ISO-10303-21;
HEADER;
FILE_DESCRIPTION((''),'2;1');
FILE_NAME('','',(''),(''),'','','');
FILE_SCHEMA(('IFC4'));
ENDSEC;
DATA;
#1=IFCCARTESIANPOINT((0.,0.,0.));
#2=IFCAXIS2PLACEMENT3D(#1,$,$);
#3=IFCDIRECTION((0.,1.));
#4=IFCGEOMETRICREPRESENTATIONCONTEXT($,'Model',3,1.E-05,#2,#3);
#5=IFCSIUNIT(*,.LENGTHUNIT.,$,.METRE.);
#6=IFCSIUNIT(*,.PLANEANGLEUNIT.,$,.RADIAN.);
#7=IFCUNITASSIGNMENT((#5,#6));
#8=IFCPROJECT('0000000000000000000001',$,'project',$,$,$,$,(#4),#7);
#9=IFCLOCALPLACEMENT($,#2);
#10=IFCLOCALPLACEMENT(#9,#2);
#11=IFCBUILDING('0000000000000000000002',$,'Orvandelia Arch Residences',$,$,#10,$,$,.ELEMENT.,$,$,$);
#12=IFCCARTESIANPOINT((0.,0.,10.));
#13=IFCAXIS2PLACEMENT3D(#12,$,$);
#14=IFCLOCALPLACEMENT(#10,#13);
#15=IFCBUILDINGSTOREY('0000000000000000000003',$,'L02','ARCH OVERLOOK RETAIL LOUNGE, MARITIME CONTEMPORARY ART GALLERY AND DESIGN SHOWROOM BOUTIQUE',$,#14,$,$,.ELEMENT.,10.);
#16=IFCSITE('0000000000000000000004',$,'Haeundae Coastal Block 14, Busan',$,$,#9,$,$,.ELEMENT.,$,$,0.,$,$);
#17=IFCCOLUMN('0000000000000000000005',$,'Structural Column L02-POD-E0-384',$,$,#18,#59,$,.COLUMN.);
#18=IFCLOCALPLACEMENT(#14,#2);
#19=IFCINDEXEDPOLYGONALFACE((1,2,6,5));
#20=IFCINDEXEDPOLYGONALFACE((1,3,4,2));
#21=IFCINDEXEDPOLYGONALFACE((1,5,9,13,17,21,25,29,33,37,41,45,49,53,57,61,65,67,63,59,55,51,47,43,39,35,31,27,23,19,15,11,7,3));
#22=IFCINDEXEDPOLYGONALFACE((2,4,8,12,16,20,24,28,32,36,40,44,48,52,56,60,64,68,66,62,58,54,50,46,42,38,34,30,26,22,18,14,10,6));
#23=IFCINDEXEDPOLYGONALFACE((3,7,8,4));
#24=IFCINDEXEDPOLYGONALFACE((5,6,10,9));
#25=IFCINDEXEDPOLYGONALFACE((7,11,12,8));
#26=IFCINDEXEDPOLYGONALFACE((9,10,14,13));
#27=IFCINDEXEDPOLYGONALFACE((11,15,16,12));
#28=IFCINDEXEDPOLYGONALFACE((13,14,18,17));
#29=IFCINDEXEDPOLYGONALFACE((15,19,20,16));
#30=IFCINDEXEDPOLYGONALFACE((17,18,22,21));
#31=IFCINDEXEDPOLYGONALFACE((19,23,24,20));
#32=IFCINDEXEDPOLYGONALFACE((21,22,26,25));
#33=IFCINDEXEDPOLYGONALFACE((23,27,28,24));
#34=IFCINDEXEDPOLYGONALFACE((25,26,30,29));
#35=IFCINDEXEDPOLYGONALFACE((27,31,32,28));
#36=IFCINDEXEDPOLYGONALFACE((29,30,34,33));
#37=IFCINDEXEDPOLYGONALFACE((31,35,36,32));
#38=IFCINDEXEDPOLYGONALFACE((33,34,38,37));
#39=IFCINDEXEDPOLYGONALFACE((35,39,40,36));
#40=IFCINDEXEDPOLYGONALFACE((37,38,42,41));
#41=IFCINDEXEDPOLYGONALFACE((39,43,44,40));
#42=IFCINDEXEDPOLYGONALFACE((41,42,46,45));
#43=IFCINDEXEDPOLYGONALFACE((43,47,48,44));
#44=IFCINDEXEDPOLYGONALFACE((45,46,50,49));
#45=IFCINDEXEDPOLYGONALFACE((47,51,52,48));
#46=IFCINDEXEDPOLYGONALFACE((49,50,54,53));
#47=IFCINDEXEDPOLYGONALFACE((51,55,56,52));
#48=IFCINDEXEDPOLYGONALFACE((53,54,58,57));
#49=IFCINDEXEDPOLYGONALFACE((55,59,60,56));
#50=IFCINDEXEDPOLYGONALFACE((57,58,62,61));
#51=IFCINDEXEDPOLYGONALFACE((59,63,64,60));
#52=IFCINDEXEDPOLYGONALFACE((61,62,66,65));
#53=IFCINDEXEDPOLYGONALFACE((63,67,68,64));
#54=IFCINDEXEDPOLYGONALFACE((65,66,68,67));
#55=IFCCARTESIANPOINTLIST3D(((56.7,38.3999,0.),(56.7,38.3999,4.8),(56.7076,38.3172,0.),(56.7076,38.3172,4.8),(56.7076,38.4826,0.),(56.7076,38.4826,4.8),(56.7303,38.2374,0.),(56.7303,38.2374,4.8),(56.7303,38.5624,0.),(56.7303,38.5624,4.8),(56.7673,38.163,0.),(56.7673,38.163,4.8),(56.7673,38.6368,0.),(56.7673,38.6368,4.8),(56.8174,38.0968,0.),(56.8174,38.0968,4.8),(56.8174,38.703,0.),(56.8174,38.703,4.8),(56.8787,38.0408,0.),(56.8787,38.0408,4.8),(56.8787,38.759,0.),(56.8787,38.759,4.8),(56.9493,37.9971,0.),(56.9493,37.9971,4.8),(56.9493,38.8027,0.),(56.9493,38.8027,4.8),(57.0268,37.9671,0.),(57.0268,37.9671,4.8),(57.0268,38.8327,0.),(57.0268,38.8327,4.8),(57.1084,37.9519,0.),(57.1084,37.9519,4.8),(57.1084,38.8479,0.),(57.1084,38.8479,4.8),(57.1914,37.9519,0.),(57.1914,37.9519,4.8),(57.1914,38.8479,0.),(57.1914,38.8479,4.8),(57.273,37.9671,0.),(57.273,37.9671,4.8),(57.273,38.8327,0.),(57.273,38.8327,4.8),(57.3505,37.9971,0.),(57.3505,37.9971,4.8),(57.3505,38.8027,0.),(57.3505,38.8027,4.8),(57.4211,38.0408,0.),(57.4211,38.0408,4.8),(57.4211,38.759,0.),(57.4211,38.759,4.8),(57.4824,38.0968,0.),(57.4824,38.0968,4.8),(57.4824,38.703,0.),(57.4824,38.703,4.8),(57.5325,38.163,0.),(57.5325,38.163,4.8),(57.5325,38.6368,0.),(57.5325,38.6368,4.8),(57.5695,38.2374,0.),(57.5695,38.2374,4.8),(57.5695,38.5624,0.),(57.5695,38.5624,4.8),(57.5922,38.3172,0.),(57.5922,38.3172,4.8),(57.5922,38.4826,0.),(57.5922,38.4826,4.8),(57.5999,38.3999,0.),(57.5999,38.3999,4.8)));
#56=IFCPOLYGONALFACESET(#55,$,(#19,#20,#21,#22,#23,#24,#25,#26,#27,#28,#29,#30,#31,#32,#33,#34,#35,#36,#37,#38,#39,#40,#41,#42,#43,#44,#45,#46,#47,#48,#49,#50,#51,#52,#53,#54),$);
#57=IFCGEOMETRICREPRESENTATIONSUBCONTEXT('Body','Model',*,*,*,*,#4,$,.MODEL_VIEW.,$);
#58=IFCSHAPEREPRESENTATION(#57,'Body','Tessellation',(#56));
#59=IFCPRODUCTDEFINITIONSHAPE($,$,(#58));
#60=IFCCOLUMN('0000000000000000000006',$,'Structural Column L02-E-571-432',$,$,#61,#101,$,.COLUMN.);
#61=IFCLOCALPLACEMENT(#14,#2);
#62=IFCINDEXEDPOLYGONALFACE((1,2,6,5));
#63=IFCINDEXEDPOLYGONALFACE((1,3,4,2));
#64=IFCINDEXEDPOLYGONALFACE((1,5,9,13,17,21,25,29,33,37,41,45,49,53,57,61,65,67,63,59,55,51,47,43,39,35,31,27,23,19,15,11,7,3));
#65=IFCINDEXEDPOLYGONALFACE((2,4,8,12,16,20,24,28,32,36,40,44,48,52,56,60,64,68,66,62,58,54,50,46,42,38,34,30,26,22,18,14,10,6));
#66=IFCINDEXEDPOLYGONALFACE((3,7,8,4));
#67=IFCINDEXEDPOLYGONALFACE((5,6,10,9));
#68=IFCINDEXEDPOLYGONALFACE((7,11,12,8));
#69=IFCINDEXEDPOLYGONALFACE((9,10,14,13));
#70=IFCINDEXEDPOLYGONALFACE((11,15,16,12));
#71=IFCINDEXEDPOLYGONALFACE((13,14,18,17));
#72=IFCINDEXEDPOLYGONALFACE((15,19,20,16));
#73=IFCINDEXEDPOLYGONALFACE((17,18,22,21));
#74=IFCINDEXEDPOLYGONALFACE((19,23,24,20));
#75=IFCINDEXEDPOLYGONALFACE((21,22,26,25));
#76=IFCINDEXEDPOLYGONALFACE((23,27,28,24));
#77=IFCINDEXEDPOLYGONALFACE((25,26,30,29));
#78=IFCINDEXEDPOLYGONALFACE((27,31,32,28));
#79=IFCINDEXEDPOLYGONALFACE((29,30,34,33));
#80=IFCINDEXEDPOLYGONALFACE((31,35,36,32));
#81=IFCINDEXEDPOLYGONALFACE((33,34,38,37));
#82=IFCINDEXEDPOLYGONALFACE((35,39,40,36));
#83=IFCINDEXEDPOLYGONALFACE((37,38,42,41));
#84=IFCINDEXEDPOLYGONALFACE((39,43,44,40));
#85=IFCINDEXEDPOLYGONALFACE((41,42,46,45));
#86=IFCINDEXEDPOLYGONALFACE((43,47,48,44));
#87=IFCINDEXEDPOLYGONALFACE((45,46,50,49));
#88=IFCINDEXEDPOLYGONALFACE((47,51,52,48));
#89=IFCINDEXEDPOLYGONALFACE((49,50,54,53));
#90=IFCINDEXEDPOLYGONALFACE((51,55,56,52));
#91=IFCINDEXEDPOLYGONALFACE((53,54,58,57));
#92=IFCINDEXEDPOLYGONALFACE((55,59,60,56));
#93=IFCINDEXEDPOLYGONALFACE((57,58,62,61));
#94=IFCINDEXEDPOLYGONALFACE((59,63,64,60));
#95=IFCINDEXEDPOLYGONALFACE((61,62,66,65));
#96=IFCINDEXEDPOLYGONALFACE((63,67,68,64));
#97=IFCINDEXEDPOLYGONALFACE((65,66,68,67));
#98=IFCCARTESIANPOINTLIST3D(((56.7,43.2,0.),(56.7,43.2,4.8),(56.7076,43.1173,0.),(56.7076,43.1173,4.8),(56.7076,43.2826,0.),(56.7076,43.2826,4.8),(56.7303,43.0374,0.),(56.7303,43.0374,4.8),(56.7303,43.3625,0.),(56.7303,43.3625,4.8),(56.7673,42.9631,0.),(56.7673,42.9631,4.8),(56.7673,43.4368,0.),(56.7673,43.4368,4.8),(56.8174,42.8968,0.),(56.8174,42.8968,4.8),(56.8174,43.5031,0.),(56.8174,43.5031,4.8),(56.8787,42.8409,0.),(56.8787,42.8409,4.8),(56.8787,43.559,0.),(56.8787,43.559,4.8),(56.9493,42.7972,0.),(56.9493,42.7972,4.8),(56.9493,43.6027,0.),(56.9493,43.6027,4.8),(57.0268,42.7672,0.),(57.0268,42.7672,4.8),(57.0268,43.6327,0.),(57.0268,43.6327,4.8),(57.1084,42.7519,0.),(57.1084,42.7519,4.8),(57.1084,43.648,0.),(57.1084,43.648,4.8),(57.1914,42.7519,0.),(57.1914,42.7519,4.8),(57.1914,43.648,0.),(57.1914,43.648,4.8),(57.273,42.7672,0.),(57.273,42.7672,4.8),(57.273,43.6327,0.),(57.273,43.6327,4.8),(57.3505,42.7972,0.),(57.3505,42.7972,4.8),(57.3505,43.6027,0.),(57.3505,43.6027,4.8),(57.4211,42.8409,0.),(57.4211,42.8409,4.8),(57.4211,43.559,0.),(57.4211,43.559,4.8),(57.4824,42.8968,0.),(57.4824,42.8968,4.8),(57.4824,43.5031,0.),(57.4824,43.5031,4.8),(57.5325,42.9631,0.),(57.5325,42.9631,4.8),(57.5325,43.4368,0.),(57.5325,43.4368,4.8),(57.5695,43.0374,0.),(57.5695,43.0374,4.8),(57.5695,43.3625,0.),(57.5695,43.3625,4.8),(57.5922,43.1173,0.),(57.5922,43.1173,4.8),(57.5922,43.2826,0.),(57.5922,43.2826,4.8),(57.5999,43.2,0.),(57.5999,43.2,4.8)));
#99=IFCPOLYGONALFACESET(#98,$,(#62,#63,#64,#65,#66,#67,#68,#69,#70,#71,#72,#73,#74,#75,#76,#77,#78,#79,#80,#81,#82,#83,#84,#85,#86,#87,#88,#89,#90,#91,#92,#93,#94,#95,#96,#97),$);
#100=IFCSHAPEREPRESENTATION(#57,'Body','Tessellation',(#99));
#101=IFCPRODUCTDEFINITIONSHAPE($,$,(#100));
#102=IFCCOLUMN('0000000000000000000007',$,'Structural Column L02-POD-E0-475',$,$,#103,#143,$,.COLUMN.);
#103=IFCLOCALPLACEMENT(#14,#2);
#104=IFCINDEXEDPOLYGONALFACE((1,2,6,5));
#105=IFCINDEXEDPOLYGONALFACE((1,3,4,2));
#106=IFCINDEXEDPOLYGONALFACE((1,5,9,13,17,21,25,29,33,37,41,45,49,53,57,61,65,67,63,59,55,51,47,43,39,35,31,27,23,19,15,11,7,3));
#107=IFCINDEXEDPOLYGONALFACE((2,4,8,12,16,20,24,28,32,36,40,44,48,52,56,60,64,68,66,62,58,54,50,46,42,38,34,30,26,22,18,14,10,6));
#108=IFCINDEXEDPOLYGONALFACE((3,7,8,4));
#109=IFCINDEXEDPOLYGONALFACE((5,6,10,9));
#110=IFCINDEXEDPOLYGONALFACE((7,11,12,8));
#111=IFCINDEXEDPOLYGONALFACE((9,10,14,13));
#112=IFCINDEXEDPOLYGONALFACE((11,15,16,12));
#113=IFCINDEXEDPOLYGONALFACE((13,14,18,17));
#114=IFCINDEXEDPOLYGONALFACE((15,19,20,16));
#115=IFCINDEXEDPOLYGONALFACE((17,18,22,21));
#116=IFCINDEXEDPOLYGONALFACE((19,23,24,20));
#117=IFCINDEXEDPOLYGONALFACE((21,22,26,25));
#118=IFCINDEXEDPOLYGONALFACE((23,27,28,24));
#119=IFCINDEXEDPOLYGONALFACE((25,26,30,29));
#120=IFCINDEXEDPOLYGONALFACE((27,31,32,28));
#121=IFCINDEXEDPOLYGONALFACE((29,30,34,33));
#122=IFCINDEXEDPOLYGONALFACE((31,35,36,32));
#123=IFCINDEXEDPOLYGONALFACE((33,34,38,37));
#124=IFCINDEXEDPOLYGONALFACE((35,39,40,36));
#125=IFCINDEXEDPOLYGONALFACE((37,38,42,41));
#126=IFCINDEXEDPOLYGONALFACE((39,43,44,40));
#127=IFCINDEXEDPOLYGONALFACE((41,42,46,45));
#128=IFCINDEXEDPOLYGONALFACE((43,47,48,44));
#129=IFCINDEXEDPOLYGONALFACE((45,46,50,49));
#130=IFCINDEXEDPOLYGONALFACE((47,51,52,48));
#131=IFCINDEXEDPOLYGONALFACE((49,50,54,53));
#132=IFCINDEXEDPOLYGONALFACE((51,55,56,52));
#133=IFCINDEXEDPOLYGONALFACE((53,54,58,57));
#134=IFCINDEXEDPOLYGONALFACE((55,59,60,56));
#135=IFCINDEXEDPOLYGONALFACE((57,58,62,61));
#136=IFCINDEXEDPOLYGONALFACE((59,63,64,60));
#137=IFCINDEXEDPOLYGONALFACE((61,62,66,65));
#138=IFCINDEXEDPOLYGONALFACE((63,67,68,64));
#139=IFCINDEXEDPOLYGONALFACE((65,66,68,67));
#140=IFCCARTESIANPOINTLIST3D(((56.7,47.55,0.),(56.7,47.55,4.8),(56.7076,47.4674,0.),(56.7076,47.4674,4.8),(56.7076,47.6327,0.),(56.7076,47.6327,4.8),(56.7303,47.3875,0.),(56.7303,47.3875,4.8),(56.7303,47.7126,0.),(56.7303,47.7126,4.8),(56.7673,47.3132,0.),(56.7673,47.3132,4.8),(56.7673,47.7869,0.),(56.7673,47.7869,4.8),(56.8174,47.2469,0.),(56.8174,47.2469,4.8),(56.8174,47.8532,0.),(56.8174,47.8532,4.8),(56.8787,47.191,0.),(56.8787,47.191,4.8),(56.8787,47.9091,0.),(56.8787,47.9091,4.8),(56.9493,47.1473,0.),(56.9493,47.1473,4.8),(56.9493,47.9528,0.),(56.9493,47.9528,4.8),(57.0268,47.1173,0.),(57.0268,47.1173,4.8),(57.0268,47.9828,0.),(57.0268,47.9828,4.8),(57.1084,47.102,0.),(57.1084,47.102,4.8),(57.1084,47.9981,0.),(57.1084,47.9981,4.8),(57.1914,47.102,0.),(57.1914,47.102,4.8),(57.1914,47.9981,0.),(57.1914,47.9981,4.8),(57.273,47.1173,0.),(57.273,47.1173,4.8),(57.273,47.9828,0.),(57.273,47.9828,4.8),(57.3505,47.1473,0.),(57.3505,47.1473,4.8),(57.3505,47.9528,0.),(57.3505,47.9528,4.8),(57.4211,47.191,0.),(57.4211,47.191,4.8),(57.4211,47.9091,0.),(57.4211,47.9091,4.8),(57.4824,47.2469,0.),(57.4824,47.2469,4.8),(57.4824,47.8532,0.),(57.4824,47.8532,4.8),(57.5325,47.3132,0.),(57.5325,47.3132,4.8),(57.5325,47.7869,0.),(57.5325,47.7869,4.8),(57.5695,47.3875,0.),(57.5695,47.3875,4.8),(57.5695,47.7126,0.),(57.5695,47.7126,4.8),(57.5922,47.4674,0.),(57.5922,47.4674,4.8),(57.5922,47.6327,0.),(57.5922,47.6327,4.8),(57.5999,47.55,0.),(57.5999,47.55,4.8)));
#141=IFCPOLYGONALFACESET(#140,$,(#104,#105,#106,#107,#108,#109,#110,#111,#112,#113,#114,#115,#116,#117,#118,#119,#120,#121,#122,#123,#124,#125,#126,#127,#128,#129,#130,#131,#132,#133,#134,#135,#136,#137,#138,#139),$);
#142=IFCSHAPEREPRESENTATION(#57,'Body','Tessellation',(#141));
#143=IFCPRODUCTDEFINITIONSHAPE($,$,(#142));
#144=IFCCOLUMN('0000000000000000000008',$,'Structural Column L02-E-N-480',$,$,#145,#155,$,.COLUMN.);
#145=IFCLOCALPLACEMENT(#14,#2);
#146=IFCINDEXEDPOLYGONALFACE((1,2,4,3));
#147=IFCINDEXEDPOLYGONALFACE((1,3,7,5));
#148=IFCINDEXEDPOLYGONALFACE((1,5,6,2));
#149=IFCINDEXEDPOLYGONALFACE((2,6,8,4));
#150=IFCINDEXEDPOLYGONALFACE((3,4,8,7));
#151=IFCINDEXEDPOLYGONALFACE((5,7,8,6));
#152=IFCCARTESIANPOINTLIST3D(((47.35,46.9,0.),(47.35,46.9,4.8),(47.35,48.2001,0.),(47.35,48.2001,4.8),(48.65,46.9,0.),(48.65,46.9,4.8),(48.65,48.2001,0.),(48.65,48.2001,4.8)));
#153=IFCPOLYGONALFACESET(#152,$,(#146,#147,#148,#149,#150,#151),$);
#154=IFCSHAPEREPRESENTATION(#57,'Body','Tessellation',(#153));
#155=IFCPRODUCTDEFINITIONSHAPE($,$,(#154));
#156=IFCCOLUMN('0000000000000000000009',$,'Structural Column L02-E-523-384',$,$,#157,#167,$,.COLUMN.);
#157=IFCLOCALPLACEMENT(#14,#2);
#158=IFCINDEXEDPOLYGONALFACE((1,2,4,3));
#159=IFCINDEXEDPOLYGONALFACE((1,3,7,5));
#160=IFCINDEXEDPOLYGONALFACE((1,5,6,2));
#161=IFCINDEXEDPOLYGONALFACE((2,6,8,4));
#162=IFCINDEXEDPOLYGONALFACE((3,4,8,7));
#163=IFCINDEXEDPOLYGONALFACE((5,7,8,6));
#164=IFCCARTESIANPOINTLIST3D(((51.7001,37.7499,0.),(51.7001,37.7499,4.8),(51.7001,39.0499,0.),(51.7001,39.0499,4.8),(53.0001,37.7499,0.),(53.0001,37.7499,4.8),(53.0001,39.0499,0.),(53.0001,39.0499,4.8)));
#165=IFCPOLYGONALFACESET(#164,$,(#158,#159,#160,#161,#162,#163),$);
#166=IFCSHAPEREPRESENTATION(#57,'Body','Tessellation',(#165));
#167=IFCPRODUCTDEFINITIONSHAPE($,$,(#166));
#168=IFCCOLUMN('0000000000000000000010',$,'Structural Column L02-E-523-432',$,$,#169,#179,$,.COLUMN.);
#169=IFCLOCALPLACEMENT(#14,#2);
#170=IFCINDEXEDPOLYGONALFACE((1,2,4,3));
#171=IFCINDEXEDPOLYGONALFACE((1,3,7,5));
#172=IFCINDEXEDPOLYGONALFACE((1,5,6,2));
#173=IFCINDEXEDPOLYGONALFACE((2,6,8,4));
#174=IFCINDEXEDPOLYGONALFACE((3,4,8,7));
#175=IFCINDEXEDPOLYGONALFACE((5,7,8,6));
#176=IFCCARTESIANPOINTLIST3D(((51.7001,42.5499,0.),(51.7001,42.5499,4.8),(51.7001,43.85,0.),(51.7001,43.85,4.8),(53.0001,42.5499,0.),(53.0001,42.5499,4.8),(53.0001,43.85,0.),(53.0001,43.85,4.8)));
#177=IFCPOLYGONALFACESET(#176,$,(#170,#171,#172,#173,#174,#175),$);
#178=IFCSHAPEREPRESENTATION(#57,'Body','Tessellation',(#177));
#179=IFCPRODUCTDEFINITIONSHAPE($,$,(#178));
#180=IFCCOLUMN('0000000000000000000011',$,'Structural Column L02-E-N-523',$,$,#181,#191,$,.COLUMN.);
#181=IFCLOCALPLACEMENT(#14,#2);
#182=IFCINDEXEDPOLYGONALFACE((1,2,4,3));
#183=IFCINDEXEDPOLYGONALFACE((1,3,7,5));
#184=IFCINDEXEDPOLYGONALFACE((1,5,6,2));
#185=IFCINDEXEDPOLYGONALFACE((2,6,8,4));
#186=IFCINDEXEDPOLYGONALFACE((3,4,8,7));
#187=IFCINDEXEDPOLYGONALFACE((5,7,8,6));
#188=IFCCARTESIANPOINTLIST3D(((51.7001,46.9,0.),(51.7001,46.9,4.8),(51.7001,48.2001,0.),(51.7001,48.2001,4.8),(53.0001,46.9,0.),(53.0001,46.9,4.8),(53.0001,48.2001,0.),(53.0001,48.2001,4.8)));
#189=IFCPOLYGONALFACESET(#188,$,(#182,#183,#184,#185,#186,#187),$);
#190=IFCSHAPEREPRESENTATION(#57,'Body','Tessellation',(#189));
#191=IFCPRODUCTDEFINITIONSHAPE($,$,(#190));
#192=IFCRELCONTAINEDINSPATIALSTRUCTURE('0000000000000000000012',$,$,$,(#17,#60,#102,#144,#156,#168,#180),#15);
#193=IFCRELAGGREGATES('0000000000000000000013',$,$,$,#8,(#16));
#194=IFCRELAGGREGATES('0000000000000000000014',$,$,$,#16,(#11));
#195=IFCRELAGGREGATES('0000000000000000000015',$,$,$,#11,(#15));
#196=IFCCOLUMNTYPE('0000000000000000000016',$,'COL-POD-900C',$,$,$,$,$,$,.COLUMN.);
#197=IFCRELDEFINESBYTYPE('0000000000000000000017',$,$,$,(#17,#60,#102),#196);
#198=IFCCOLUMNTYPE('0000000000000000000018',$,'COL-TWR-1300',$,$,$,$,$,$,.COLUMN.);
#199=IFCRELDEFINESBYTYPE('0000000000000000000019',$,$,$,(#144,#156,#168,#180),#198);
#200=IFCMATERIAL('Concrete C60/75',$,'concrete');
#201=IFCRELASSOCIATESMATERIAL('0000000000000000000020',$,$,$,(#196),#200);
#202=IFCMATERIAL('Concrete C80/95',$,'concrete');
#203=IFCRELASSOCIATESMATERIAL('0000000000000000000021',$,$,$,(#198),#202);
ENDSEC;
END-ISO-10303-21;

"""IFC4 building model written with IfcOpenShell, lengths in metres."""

from ifc_helpers import new_model, si_unit, direction, frame, origin, origin_2d, place, context, subcontext, project, spatial, rectangle, circle, extrude, material, material_profile, profile_set, type_object, element, save


model = new_model("IFC4")

# Units and contexts
model_context = context("Model", 3, precision=1e-05, world=origin(), true_north=direction((0.0, 1.0)))
body_context = subcontext(model_context, "Body", "Model", "MODEL_VIEW")
ifc_project = project(units=[si_unit("LENGTHUNIT", "METRE"), si_unit("PLANEANGLEUNIT", "RADIAN")], contexts=[model_context])

# Site, building, storey
site_placement = place(None, origin())
site = spatial("IfcSite", under=ifc_project, at=site_placement, Name="Haeundae Coastal Block 14, Busan", CompositionType="ELEMENT", RefElevation=0.0)
building_placement = place(site_placement, origin())
building = spatial("IfcBuilding", under=site, at=building_placement, Name="Orvandelia Arch Residences", CompositionType="ELEMENT")
storey_placement = place(building_placement, frame((0.0, 0.0, 10.0)))
storey = spatial("IfcBuildingStorey", under=building, at=storey_placement, Name="L02", Description="ARCH OVERLOOK RETAIL LOUNGE, MARITIME CONTEMPORARY ART GALLERY AND DESIGN SHOWROOM BOUTIQUE", CompositionType="ELEMENT", Elevation=10.0)

# Columns
ifc_material_1 = material(Name="Concrete C60/75", Category="concrete")
ifc_material_profile_1 = material_profile(ifc_material_1, circle(Radius=0.45, at=origin_2d()), Name="Concrete C60/75", Category="concrete")
ifc_profile_set_1 = profile_set([ifc_material_profile_1], Name="Concrete C60/75")
column_type_1 = type_object("IfcColumnType", Name="COL-POD-900C", PredefinedType="COLUMN", material=ifc_profile_set_1)
for number, where, z_axis, x_axis, name in (
    (1, (57.1499, 38.3999, 0.0), (0.0, 0.0, 1.0), (1.0, 0.0, 0.0), "Structural Column L02-POD-E0-384"),
    (2, (57.1499, 43.2, 0.0), (0.0, 0.0, 1.0), (1.0, 0.0, 0.0), "Structural Column L02-E-571-432"),
    (3, (57.1499, 47.55, 0.0), (0.0, 0.0, 1.0), (1.0, 0.0, 0.0), "Structural Column L02-POD-E0-475"),
):
    element("IfcColumn", number, at=place(storey_placement, frame(where, z_axis=z_axis, x_axis=x_axis)), inside=storey, type_object=column_type_1, Name=name, PredefinedType="COLUMN", context=body_context, shape_type="SweptSolid", body=[
        extrude(circle(Radius=0.45, at=origin_2d()), origin(), (0.0, 0.0, 1.0), 4.8),
    ])
ifc_material_2 = material(Name="Concrete C80/95", Category="concrete")
ifc_material_profile_2 = material_profile(ifc_material_2, rectangle(XDim=1.3, YDim=1.3, at=origin_2d()), Name="Concrete C80/95", Category="concrete")
ifc_profile_set_2 = profile_set([ifc_material_profile_2], Name="Concrete C80/95")
column_type_2 = type_object("IfcColumnType", Name="COL-TWR-1300", PredefinedType="COLUMN", material=ifc_profile_set_2)
for number, where, z_axis, x_axis, name in (
    (4, (48.0, 47.55, 0.0), (0.0, 0.0, 1.0), (1.0, 0.0, 0.0), "Structural Column L02-E-N-480"),
    (5, (52.3501, 38.3999, 0.0), (0.0, 0.0, 1.0), (1.0, 0.0, 0.0), "Structural Column L02-E-523-384"),
    (6, (52.3501, 43.2, 0.0), (0.0, 0.0, 1.0), (1.0, 0.0, 0.0), "Structural Column L02-E-523-432"),
    (7, (52.3501, 47.55, 0.0), (0.0, 0.0, 1.0), (1.0, 0.0, 0.0), "Structural Column L02-E-N-523"),
):
    element("IfcColumn", number, at=place(storey_placement, frame(where, z_axis=z_axis, x_axis=x_axis)), inside=storey, type_object=column_type_2, Name=name, PredefinedType="COLUMN", context=body_context, shape_type="SweptSolid", body=[
        extrude(rectangle(XDim=1.3, YDim=1.3, at=origin_2d()), origin(), (0.0, 0.0, 1.0), 4.8),
    ])

save(model, "model.ifc")
